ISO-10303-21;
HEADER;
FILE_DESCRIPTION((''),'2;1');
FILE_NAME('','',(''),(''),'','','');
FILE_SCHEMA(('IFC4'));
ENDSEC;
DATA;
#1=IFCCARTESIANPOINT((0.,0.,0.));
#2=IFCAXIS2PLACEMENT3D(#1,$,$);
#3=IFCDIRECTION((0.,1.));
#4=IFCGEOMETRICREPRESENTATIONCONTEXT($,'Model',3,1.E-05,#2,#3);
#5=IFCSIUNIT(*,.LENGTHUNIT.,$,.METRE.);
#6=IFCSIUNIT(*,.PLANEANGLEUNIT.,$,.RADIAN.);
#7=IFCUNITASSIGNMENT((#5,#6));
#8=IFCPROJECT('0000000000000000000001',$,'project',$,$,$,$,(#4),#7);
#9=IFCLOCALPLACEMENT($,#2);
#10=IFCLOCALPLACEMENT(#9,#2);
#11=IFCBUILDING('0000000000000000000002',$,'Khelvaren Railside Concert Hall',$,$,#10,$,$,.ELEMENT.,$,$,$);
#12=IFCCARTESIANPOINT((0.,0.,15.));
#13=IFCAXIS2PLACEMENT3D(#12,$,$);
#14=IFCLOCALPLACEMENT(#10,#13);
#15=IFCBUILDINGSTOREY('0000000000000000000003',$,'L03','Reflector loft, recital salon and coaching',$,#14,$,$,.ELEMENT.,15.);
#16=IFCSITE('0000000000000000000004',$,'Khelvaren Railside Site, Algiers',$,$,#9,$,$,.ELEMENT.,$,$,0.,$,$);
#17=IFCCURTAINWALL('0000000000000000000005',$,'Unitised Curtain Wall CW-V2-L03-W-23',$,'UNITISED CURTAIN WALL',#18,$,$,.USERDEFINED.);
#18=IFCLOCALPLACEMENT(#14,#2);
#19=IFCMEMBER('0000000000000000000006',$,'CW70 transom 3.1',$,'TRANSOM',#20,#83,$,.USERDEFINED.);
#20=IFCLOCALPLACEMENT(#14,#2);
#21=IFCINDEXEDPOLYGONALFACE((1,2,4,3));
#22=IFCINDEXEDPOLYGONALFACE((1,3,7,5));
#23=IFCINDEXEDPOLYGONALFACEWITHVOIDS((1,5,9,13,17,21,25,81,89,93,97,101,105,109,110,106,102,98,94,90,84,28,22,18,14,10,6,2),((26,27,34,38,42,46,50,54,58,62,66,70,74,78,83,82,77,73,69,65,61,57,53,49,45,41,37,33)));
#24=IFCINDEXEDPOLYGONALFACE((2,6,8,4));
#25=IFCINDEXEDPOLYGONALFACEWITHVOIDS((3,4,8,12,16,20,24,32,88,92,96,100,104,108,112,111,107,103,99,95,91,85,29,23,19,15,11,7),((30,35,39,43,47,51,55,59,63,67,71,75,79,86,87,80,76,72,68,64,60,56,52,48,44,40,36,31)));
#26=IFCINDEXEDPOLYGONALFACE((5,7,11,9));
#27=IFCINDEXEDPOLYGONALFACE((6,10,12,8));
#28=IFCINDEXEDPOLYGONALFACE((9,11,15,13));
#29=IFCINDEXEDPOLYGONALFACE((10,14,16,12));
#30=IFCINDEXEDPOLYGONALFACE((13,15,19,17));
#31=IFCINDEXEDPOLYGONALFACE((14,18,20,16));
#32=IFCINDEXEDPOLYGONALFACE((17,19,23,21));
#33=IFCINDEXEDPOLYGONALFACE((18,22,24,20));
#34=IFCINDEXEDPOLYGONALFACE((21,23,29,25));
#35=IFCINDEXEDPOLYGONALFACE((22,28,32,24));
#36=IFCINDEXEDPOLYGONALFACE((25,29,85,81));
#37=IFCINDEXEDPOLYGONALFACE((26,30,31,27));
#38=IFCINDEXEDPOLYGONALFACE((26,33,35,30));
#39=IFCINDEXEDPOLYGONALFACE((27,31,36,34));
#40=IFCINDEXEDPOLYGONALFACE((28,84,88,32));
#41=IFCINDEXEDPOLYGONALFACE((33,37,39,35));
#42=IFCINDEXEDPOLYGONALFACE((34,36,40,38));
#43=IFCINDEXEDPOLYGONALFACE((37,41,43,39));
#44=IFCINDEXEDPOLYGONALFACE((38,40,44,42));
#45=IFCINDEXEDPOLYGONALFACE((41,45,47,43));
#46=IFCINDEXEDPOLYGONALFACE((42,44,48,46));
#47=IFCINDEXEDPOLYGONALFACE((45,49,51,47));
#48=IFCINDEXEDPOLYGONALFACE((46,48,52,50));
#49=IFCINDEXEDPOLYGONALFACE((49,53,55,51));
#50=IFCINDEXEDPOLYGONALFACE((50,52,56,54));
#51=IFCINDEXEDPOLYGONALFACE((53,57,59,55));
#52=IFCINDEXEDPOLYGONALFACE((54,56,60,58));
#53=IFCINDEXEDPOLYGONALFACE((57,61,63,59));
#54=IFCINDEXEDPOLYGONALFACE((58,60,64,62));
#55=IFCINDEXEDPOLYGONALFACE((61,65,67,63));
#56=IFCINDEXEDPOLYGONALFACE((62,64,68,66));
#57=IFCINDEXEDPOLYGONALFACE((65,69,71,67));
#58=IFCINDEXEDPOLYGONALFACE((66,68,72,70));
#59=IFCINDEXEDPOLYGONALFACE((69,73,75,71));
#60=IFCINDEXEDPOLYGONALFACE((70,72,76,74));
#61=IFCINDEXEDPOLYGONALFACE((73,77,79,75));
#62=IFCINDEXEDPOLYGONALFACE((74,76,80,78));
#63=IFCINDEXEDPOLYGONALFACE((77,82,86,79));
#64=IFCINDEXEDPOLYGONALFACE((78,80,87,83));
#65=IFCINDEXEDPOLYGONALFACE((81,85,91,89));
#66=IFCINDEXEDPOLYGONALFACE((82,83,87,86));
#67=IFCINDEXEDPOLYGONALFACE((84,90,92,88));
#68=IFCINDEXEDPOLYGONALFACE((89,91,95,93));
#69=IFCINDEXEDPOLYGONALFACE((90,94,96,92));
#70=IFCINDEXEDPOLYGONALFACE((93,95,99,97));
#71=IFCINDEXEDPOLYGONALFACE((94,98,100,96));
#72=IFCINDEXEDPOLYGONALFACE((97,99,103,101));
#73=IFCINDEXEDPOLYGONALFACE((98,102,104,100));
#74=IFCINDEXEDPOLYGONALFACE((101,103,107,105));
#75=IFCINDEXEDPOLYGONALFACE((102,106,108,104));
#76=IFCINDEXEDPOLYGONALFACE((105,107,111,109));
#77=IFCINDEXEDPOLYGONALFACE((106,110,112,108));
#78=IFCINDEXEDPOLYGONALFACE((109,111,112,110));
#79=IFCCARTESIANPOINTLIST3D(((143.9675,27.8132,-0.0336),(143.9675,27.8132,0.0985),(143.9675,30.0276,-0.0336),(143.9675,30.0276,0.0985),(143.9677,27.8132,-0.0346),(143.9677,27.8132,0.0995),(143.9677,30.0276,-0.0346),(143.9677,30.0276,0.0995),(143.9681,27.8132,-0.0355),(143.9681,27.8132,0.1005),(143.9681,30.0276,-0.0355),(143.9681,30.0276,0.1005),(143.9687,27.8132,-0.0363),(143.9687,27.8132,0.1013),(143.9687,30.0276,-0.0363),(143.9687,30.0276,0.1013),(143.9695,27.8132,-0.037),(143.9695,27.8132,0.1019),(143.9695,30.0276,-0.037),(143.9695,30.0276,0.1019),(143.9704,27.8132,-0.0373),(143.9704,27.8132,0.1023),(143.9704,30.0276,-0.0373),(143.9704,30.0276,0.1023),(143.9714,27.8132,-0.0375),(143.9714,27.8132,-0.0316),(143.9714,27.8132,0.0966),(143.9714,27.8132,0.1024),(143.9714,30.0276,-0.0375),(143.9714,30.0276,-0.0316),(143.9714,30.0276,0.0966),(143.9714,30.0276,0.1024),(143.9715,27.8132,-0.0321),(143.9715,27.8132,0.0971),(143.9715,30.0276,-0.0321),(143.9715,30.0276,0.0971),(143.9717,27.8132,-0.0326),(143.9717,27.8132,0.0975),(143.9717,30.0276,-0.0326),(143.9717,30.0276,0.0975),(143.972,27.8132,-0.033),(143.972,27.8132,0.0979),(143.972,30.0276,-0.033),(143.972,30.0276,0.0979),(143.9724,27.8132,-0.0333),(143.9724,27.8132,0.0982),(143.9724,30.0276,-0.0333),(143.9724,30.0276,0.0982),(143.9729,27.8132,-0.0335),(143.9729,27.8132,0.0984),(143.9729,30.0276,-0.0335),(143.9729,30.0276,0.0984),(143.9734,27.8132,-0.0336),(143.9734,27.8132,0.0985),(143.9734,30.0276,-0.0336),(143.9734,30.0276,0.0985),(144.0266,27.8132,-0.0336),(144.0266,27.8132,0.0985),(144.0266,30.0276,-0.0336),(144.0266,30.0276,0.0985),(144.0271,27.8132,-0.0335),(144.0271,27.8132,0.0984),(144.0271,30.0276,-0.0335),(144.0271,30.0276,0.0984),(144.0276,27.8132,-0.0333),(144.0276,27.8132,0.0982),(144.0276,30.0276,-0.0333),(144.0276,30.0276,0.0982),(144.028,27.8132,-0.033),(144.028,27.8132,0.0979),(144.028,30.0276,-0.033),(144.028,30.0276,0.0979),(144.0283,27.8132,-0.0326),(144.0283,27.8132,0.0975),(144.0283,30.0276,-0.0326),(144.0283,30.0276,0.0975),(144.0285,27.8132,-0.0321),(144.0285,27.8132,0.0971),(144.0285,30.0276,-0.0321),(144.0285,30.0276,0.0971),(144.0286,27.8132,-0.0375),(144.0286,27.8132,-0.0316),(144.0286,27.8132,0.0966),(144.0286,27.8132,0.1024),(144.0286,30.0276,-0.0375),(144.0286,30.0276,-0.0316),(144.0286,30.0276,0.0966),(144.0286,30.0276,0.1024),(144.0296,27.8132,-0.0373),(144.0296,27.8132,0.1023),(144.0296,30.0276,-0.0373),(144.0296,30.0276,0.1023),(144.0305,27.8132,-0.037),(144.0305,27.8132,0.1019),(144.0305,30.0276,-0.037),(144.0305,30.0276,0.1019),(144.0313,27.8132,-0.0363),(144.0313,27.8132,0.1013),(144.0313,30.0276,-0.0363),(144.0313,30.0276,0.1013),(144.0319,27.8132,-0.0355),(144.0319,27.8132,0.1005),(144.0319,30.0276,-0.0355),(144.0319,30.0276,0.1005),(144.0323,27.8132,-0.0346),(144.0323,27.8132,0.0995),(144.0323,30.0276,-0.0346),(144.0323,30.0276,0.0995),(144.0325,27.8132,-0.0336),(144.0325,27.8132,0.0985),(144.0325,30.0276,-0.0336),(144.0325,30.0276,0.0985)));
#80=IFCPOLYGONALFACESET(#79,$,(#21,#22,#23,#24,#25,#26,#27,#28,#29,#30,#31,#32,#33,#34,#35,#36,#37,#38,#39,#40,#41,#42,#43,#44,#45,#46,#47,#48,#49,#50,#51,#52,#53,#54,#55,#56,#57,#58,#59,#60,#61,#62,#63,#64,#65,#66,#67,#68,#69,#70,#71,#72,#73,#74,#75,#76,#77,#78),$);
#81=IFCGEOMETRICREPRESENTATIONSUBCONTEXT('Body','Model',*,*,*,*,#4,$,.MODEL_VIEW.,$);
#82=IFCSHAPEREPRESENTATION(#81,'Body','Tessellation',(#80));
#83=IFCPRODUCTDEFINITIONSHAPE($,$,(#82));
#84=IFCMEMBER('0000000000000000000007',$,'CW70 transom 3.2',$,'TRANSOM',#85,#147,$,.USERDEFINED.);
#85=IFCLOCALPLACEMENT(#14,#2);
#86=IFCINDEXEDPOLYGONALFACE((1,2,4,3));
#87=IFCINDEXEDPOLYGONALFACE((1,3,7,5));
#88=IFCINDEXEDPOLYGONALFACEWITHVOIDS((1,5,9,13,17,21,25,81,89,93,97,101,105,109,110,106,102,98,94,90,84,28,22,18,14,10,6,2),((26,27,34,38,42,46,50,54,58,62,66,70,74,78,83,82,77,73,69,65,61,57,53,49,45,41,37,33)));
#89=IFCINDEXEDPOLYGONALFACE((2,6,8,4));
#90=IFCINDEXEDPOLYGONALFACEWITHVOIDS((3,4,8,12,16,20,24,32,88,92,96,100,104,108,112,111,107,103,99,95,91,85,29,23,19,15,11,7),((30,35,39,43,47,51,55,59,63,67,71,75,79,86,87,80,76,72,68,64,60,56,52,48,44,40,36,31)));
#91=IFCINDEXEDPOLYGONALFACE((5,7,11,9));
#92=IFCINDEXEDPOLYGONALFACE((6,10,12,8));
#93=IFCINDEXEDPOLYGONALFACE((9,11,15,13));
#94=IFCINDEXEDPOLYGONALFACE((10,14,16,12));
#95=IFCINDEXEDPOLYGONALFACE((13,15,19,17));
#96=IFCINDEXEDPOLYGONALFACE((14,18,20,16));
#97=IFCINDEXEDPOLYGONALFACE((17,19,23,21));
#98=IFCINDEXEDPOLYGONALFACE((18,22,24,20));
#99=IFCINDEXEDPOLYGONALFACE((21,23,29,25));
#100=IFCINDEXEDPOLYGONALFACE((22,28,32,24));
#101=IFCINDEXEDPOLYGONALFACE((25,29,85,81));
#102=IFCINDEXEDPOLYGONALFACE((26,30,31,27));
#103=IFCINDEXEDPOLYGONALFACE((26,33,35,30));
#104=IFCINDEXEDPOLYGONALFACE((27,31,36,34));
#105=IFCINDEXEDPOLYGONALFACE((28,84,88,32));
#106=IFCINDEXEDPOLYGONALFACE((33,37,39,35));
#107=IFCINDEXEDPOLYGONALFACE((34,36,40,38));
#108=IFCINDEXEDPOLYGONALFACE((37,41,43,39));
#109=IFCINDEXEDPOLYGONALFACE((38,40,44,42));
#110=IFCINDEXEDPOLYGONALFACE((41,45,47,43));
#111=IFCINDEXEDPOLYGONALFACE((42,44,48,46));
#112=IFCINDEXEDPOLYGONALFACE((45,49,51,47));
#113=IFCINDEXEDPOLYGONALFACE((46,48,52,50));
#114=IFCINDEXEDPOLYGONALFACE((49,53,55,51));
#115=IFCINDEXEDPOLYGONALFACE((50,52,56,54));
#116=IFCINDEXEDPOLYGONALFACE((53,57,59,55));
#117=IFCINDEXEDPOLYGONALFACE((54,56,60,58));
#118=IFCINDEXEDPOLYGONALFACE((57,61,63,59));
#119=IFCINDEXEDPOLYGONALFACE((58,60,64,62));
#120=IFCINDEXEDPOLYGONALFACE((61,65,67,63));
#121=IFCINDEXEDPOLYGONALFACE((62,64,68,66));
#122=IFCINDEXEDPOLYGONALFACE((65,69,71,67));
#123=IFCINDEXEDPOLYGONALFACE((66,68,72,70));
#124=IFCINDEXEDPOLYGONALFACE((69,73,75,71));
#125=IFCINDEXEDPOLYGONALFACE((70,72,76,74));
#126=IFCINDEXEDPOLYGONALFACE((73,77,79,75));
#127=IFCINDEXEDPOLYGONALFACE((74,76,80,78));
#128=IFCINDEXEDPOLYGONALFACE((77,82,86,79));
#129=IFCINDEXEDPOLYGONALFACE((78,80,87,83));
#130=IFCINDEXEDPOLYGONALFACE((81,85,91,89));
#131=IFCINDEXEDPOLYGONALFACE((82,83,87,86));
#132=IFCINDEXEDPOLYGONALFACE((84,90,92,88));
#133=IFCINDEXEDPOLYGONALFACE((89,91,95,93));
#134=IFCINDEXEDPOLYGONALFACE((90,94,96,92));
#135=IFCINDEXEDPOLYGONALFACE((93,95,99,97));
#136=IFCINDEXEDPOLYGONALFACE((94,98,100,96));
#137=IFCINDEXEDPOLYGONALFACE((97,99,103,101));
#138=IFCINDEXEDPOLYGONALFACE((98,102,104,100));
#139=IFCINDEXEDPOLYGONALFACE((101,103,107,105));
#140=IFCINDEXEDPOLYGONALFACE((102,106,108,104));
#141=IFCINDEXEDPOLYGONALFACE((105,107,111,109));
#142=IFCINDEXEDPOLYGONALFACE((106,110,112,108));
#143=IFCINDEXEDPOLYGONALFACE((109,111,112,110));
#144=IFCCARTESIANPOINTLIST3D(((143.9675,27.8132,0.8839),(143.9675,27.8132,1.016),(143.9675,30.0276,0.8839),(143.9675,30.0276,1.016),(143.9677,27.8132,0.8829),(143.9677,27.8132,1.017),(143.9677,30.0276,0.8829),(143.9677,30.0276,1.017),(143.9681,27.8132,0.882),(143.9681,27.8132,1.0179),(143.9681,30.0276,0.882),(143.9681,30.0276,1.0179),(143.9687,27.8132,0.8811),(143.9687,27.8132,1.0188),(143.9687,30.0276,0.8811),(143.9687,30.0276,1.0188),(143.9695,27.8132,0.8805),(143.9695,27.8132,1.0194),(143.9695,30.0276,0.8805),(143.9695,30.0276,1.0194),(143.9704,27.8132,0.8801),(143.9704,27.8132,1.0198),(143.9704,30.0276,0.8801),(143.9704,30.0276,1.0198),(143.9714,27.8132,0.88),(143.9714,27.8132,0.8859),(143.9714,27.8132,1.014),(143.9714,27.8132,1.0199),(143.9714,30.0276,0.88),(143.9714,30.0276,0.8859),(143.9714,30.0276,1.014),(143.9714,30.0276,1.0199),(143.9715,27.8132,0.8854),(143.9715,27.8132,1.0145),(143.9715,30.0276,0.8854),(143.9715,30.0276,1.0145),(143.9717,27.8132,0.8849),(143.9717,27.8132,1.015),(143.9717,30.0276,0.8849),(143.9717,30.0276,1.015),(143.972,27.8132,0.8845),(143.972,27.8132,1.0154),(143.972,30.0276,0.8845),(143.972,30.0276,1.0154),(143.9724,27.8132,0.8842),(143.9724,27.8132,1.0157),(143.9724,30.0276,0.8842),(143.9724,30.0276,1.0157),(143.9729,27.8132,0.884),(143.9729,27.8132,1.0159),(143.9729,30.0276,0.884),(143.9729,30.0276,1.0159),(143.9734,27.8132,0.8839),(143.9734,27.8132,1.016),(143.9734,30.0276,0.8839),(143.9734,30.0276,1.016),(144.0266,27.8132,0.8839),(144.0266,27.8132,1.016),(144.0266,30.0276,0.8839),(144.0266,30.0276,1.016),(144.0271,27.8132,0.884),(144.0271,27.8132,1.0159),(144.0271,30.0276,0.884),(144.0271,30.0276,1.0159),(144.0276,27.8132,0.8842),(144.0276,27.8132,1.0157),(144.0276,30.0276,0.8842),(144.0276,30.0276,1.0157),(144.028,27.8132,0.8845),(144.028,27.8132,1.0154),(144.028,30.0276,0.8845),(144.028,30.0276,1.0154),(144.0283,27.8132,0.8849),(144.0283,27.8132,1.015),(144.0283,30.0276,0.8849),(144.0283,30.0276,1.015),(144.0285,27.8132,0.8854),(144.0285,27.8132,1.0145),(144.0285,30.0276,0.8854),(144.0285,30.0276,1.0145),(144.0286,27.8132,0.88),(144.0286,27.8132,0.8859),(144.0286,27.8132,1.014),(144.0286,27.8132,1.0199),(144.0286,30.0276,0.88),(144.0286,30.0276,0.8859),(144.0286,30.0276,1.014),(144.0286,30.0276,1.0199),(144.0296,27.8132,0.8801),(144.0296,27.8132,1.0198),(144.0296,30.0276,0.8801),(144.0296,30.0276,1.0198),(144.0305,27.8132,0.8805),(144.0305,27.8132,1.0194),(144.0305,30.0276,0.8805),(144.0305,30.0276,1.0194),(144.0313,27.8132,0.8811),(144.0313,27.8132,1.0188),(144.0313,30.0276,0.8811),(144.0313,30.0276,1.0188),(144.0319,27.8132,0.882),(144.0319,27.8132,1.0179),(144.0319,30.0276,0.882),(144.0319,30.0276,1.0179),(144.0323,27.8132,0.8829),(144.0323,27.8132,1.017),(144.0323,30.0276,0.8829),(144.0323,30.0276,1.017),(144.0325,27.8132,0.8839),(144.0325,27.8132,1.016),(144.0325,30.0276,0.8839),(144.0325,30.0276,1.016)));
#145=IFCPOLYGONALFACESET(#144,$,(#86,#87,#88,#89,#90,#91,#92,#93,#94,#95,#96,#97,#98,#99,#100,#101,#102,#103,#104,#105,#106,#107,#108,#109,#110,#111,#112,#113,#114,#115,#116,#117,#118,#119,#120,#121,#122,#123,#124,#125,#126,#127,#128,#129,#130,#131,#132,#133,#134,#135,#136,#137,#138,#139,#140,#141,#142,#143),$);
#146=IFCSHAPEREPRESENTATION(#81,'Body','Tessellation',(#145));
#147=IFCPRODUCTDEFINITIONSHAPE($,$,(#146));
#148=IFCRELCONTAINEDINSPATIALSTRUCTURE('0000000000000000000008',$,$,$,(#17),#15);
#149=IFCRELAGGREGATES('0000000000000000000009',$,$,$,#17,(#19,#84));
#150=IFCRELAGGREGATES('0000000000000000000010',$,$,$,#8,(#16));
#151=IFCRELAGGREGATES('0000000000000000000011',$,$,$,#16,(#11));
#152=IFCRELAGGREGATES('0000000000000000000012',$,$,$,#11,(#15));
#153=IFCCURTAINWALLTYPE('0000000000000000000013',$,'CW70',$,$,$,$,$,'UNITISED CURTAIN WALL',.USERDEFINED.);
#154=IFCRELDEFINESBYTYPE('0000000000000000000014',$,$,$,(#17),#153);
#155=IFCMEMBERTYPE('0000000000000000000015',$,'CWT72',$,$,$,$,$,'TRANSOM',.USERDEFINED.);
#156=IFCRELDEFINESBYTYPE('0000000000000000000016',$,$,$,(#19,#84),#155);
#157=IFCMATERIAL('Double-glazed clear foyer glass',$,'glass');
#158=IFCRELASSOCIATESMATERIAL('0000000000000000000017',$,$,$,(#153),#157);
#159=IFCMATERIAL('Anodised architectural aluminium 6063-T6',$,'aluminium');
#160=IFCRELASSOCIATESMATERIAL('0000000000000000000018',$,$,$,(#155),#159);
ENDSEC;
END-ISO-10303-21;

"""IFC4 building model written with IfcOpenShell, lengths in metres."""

from ifc_helpers import new_model, si_unit, direction, frame, origin, origin_2d, place, context, subcontext, project, spatial, hollow_rectangle, extrude, material, material_profile, profile_set, type_object, element, aggregate, save


model = new_model("IFC4")

# Units and contexts
model_context = context("Model", 3, precision=1e-05, world=origin(), true_north=direction((0.0, 1.0)))
body_context = subcontext(model_context, "Body", "Model", "MODEL_VIEW")
ifc_project = project(units=[si_unit("LENGTHUNIT", "METRE"), si_unit("PLANEANGLEUNIT", "RADIAN")], contexts=[model_context])

# Site, building, storey
site_placement = place(None, origin())
site = spatial("IfcSite", under=ifc_project, at=site_placement, Name="Khelvaren Railside Site, Algiers", CompositionType="ELEMENT", RefElevation=0.0)
building_placement = place(site_placement, origin())
building = spatial("IfcBuilding", under=site, at=building_placement, Name="Khelvaren Railside Concert Hall", CompositionType="ELEMENT")
storey_placement = place(building_placement, frame((0.0, 0.0, 15.0)))
storey = spatial("IfcBuildingStorey", under=building, at=storey_placement, Name="L03", Description="Reflector loft, recital salon and coaching", CompositionType="ELEMENT", Elevation=15.0)

# Curtain wall
ifc_material_1 = material(Name="Double-glazed clear foyer glass", Category="glass")
curtain_wall_type_1 = type_object("IfcCurtainWallType", Name="CW70", ElementType="UNITISED CURTAIN WALL", PredefinedType="USERDEFINED", material=ifc_material_1)
curtain_wall_1_placement = place(storey_placement, origin())
curtain_wall_1 = element("IfcCurtainWall", 1, at=curtain_wall_1_placement, inside=storey, type_object=curtain_wall_type_1, Name="Unitised Curtain Wall CW-V2-L03-W-23", ObjectType="UNITISED CURTAIN WALL", PredefinedType="USERDEFINED")
ifc_material_2 = material(Name="Anodised architectural aluminium 6063-T6", Category="aluminium")

# Members
ifc_material_profile_1 = material_profile(ifc_material_2, hollow_rectangle(XDim=0.0649, YDim=0.1399, WallThickness=0.0039, InnerFilletRadius=0.002, OuterFilletRadius=0.0039, at=origin_2d()), Name="CWT 65x140x4")
ifc_profile_set_1 = profile_set([ifc_material_profile_1], Name="Anodised architectural aluminium 6063-T6")
member_type_1 = type_object("IfcMemberType", Name="CWT72", ElementType="TRANSOM", PredefinedType="USERDEFINED", material=ifc_profile_set_1)
member_1_placement = place(storey_placement, frame((144.0, 27.8132, 0.0325), z_axis=(0.0, 1.0, 0.0), x_axis=(-1.0, 0.0, 0.0)))
member_1 = element("IfcMember", 2, at=member_1_placement, type_object=member_type_1, Name="CW70 transom 3.1", ObjectType="TRANSOM", PredefinedType="USERDEFINED", context=body_context, shape_type="SweptSolid", body=[
    extrude(hollow_rectangle(XDim=0.0649, YDim=0.1399, WallThickness=0.0039, InnerFilletRadius=0.002, OuterFilletRadius=0.0039, at=origin_2d()), origin(), (0.0, 0.0, 1.0), 2.2144),
])
member_2_placement = place(storey_placement, frame((144.0, 27.8132, 0.95), z_axis=(0.0, 1.0, 0.0), x_axis=(-1.0, 0.0, 0.0)))
member_2 = element("IfcMember", 3, at=member_2_placement, type_object=member_type_1, Name="CW70 transom 3.2", ObjectType="TRANSOM", PredefinedType="USERDEFINED", context=body_context, shape_type="SweptSolid", body=[
    extrude(hollow_rectangle(XDim=0.0649, YDim=0.1399, WallThickness=0.0039, InnerFilletRadius=0.002, OuterFilletRadius=0.0039, at=origin_2d()), origin(), (0.0, 0.0, 1.0), 2.2144),
])

aggregate(curtain_wall_1, [member_1, member_2])

save(model, "model.ifc")
